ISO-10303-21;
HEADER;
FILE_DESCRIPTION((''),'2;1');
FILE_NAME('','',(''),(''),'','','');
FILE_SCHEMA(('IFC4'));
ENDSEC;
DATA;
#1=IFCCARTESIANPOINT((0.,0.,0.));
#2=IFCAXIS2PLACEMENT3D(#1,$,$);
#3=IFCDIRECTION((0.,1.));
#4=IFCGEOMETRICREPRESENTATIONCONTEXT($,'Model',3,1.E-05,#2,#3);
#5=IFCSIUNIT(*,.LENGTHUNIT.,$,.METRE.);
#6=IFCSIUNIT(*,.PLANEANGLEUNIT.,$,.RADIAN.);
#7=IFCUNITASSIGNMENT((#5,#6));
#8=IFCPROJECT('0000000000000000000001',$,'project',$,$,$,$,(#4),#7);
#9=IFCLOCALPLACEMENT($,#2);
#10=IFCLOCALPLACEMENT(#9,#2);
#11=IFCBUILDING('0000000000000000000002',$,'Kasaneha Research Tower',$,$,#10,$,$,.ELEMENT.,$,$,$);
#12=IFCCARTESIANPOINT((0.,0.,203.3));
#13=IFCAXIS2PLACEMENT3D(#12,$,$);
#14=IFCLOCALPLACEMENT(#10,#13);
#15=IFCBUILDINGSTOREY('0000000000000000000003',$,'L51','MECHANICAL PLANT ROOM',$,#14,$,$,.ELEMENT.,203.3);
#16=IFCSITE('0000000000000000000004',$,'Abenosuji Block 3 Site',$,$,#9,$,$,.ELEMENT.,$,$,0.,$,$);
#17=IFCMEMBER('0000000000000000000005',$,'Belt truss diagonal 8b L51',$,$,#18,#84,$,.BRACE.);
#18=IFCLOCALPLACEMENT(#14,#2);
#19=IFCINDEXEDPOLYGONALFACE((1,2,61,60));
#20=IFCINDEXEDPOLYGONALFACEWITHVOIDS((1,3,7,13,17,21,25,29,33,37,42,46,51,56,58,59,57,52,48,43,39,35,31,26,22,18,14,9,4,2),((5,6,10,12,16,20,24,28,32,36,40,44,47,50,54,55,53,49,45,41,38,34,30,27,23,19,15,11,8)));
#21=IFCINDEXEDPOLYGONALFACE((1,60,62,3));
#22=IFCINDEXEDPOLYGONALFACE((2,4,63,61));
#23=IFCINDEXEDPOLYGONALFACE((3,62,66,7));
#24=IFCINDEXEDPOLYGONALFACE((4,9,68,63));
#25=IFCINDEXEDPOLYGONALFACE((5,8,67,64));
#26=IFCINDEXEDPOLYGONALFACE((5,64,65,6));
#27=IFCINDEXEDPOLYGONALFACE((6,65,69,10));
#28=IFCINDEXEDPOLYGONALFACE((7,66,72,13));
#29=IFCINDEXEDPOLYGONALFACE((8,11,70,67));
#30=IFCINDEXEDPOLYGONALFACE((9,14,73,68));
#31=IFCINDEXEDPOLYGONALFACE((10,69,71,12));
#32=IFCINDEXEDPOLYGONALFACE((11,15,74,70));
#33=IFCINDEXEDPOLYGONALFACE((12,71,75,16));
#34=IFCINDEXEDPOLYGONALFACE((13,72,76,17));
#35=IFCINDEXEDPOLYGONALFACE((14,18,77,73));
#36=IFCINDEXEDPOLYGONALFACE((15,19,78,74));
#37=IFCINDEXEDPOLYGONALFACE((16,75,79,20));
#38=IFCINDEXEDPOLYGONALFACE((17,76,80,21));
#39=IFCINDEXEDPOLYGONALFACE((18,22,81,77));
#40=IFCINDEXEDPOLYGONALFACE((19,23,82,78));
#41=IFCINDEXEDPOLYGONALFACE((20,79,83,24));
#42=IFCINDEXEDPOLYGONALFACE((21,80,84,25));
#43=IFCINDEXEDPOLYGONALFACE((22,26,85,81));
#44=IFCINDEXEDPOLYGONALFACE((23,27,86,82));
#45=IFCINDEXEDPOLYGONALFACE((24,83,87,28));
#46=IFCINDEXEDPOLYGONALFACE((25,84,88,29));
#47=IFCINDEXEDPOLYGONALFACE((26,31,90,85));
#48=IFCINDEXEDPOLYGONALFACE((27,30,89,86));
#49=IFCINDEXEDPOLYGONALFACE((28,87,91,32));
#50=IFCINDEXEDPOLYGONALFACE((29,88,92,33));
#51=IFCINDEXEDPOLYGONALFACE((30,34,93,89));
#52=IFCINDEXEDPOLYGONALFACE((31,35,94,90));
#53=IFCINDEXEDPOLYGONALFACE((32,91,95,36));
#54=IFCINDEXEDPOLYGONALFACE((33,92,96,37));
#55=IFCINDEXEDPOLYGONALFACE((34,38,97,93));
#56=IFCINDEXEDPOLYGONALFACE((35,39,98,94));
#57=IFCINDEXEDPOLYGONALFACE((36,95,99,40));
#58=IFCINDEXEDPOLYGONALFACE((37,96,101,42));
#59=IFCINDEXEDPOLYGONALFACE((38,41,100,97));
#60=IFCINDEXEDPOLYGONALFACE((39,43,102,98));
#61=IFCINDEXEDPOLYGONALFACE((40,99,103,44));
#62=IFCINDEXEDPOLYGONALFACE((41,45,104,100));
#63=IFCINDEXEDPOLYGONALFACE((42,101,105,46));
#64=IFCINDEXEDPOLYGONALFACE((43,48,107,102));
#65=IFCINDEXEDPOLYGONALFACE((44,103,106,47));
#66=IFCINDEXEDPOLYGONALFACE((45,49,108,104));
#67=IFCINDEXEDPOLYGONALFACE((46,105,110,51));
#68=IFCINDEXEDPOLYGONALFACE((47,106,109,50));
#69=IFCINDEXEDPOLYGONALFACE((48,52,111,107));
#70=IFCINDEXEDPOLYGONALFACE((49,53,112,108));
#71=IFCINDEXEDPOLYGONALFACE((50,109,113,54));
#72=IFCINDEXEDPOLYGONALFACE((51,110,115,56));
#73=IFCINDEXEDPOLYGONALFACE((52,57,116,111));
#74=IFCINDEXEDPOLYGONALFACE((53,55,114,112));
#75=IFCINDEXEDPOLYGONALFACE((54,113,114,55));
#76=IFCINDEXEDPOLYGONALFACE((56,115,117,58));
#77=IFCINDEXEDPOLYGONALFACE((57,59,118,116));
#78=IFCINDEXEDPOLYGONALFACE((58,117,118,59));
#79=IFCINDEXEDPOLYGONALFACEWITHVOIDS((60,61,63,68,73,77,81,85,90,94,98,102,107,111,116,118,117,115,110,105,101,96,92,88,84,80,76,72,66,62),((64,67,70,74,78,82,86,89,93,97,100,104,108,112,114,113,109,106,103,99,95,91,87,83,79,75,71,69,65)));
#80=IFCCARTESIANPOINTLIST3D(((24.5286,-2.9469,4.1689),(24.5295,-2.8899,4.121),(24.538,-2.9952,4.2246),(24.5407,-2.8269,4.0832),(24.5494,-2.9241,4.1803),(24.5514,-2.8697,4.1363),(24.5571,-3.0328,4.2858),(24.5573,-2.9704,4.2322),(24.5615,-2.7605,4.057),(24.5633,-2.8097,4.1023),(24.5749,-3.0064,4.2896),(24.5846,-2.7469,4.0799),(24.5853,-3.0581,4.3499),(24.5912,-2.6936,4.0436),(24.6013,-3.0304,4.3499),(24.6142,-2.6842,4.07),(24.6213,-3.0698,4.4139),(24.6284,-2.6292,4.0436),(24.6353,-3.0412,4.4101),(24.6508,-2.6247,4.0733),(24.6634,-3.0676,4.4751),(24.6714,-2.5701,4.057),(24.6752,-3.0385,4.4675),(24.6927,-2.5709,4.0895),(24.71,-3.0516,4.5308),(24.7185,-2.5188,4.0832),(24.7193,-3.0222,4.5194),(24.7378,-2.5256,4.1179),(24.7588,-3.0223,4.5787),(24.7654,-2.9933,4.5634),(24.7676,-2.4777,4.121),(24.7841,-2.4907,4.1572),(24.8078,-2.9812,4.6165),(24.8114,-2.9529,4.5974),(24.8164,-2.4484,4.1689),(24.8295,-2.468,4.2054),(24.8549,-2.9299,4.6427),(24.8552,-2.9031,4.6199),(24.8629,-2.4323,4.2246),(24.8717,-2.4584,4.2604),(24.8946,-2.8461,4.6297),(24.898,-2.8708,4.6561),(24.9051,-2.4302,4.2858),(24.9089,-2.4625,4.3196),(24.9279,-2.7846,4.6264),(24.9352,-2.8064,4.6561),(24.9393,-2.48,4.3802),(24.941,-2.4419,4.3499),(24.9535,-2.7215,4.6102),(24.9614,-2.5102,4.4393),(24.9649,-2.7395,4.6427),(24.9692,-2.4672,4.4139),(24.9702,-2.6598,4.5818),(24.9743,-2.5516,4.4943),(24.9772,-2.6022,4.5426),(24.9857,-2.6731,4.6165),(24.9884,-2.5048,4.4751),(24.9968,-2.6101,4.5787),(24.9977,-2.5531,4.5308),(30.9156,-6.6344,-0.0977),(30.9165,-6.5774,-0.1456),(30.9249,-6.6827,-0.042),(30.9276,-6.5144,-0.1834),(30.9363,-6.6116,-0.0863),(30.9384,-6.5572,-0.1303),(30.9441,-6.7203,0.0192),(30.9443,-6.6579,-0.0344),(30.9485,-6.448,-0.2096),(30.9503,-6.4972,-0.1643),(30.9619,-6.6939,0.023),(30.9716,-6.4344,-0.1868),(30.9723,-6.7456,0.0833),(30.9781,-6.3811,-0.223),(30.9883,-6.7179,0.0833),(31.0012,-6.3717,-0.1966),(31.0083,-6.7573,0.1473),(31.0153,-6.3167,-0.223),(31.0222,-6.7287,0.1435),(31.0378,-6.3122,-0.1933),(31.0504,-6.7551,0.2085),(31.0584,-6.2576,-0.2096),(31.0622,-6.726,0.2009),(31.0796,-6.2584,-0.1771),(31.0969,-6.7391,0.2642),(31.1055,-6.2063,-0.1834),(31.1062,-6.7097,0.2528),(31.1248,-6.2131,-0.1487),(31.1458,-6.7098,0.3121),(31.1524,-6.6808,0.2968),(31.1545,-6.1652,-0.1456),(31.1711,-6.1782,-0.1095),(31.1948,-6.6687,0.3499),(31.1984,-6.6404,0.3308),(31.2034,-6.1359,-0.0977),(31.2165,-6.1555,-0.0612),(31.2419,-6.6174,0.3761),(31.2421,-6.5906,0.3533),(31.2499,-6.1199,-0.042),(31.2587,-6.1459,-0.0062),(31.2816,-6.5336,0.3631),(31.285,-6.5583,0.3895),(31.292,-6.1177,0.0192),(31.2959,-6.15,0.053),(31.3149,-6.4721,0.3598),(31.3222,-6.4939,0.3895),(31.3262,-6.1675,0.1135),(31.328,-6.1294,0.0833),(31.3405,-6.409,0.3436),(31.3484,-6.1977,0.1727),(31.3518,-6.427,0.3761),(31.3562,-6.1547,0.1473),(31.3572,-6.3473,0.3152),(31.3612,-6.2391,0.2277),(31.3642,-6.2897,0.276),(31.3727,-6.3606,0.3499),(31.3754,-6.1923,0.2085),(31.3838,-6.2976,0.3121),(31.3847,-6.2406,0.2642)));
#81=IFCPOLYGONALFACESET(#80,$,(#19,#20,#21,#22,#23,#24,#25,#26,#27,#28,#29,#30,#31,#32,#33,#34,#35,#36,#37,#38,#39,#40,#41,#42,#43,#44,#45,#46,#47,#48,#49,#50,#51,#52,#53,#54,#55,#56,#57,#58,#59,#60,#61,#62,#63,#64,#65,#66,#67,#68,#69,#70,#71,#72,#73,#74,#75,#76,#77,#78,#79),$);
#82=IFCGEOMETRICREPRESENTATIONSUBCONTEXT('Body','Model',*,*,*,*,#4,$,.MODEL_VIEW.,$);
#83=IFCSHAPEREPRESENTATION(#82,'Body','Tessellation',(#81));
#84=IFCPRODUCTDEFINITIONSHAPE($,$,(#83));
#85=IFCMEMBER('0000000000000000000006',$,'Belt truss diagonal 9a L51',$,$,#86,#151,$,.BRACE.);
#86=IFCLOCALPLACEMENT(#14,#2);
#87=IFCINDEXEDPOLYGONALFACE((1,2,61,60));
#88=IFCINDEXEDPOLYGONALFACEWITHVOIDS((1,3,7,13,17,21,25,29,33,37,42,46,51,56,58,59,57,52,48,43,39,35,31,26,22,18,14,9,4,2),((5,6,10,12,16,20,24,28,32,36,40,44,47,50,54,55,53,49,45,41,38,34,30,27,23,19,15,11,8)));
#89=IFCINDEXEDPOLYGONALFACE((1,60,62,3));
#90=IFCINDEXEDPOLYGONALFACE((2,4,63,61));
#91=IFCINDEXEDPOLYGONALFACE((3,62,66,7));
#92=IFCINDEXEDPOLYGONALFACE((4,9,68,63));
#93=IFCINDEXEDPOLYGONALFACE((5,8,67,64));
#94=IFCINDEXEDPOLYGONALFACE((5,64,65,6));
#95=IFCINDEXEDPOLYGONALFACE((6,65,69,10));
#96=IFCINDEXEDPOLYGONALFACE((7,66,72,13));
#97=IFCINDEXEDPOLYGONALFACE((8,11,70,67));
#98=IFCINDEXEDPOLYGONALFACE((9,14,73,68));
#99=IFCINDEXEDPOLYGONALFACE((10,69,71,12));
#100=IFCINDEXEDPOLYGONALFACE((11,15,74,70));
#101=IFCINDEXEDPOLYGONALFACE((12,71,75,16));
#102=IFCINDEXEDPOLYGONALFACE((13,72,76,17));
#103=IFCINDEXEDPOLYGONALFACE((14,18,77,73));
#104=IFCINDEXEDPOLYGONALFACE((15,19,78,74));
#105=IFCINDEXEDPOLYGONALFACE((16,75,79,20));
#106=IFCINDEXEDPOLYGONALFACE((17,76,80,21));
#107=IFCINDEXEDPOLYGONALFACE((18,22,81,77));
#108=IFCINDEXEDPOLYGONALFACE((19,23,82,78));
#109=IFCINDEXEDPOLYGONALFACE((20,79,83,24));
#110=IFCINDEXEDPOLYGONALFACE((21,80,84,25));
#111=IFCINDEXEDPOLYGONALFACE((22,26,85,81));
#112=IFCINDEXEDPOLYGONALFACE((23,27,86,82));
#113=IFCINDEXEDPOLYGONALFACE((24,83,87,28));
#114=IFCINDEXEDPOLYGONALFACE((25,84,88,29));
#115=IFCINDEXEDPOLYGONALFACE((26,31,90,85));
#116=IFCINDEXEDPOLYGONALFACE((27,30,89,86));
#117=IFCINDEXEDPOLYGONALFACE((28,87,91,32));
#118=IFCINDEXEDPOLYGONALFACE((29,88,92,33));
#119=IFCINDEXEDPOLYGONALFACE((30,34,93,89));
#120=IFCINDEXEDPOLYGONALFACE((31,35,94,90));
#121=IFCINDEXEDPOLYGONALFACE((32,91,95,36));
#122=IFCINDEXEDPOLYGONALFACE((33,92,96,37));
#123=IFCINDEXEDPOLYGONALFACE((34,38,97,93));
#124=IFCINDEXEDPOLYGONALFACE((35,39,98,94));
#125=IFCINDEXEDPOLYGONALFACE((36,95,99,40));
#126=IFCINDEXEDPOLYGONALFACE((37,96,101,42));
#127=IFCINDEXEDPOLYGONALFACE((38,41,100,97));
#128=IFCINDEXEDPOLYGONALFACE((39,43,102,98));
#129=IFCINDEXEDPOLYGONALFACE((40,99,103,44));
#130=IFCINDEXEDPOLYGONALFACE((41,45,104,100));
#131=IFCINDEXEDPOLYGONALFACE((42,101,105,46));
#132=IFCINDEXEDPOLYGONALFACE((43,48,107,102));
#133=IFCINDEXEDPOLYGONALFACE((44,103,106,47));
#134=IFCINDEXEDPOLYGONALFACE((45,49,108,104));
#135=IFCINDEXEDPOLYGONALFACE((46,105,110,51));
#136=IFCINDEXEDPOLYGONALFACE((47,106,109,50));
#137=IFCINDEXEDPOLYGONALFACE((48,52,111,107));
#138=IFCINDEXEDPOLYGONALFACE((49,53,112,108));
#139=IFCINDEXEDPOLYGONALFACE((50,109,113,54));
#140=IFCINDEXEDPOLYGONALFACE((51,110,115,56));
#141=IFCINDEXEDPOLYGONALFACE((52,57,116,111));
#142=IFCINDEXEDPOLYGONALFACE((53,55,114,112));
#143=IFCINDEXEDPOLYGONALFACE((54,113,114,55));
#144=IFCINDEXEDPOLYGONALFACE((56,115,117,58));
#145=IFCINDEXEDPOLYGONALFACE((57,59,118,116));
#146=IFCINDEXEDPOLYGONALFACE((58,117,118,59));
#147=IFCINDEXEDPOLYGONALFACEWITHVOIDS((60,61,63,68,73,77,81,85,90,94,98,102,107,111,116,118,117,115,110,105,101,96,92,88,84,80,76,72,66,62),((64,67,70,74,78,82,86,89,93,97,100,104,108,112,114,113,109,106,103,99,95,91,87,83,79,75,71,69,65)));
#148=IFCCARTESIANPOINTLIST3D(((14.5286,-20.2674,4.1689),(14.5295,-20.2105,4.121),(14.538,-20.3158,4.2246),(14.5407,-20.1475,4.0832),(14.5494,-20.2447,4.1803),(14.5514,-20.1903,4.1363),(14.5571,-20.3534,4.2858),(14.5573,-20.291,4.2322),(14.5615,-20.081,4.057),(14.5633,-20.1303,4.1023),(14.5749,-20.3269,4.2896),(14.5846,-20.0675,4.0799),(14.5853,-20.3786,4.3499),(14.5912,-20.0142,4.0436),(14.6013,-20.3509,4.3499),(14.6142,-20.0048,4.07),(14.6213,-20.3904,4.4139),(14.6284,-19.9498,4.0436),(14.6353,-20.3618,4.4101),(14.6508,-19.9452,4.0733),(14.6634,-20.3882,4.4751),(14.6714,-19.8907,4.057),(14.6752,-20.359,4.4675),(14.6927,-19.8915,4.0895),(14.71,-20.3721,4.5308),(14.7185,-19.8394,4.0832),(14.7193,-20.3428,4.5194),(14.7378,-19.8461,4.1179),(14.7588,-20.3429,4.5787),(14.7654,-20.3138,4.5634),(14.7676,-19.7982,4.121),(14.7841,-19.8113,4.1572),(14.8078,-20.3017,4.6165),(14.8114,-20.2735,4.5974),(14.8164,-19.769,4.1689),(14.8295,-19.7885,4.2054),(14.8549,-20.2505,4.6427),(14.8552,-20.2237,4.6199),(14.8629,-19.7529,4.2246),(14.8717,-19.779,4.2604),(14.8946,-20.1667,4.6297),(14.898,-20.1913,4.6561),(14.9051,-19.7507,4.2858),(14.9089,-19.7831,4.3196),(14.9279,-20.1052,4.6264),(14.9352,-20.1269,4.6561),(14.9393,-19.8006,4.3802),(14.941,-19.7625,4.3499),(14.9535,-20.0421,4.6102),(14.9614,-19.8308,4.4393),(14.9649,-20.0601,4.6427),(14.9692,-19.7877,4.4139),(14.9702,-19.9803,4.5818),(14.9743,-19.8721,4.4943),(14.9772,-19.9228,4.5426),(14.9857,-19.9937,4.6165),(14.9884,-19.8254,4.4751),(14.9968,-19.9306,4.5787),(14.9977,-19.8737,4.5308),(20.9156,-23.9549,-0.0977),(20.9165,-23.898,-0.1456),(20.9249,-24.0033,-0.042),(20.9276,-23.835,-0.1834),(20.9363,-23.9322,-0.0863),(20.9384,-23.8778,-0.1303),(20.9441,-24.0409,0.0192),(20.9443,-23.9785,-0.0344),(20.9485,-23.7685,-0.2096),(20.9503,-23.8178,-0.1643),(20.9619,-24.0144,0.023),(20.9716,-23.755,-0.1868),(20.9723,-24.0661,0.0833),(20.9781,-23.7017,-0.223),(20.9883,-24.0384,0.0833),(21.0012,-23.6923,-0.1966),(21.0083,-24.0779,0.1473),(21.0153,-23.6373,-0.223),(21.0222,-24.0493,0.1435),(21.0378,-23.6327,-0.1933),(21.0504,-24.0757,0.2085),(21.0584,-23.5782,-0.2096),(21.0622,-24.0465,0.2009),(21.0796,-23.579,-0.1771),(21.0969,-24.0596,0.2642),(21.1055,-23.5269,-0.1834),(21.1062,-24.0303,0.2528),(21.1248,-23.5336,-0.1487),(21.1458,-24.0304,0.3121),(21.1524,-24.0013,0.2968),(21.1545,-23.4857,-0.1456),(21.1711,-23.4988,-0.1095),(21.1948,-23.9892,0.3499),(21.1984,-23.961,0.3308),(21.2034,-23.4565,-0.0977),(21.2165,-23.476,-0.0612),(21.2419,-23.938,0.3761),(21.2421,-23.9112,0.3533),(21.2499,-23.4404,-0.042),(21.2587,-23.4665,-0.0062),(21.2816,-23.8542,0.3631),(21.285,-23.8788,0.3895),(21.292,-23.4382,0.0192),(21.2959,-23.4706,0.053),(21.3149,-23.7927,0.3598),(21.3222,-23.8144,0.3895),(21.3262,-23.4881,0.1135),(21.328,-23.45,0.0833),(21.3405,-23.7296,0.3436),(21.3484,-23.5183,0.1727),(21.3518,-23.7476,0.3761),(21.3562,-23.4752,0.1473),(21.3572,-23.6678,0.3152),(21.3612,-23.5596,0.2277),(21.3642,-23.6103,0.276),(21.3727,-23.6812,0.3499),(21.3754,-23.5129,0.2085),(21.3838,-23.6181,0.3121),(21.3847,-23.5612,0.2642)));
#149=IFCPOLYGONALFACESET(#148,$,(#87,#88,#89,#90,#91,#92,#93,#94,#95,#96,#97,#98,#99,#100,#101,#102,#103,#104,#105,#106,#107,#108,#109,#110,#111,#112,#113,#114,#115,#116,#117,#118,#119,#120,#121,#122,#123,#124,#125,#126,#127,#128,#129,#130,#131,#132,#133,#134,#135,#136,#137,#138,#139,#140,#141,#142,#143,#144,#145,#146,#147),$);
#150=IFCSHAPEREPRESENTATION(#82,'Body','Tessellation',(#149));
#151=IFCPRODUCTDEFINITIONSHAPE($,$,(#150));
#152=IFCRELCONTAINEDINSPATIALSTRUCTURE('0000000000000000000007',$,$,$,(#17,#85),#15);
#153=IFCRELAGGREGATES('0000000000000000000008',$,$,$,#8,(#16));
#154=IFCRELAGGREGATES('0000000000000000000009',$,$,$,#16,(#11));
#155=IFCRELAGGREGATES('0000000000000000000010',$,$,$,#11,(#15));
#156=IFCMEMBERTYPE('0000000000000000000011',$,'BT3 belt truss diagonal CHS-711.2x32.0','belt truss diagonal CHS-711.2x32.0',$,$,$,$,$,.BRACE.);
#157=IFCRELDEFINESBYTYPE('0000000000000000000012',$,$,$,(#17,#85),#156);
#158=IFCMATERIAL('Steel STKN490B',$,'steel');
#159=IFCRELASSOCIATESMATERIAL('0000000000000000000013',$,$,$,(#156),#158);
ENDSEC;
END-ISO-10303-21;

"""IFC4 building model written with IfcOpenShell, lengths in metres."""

from ifc_helpers import new_model, si_unit, direction, frame, origin, origin_2d, place, context, subcontext, project, spatial, hollow_circle, extrude, material, material_profile, profile_set, type_object, element, save


model = new_model("IFC4")

# Units and contexts
model_context = context("Model", 3, precision=1e-05, world=origin(), true_north=direction((0.0, 1.0)))
body_context = subcontext(model_context, "Body", "Model", "MODEL_VIEW")
ifc_project = project(units=[si_unit("LENGTHUNIT", "METRE"), si_unit("PLANEANGLEUNIT", "RADIAN")], contexts=[model_context])

# Site, building, storey
site_placement = place(None, origin())
site = spatial("IfcSite", under=ifc_project, at=site_placement, Name="Abenosuji Block 3 Site", CompositionType="ELEMENT", RefElevation=0.0)
building_placement = place(site_placement, origin())
building = spatial("IfcBuilding", under=site, at=building_placement, Name="Kasaneha Research Tower", CompositionType="ELEMENT")
storey_placement = place(building_placement, frame((0.0, 0.0, 203.3)))
storey = spatial("IfcBuildingStorey", under=building, at=storey_placement, Name="L51", Description="MECHANICAL PLANT ROOM", CompositionType="ELEMENT", Elevation=203.3)

# Members
ifc_material_1 = material(Name="Steel STKN490B", Category="steel")
ifc_material_profile_1 = material_profile(ifc_material_1, hollow_circle(Radius=0.3557, WallThickness=0.032, at=origin_2d()), Name="CHS-711.2x32.0")
ifc_profile_set_1 = profile_set([ifc_material_profile_1], Name="Steel STKN490B")
member_type = type_object("IfcMemberType", Name="BT3 belt truss diagonal CHS-711.2x32.0", Description="belt truss diagonal CHS-711.2x32.0", PredefinedType="BRACE", material=ifc_profile_set_1)
for number, where, z_axis, x_axis, name in (
    (1, (31.1501, -6.4375, 0.0833), (-0.749621, 0.432792, 0.50076), (-0.499999, -0.866026, 0.0), "Belt truss diagonal 8b L51"),
    (2, (21.1501, -23.7581, 0.0833), (-0.749621, 0.432792, 0.50076), (-0.499999, -0.866026, 0.0), "Belt truss diagonal 9a L51"),
):
    element("IfcMember", number, at=place(storey_placement, frame(where, z_axis=z_axis, x_axis=x_axis)), inside=storey, type_object=member_type, Name=name, PredefinedType="BRACE", context=body_context, shape_type="SweptSolid", body=[
        extrude(hollow_circle(Radius=0.3557, WallThickness=0.032, at=origin_2d()), origin(), (0.0, 0.0, 1.0), 8.5203),
    ])

save(model, "model.ifc")
